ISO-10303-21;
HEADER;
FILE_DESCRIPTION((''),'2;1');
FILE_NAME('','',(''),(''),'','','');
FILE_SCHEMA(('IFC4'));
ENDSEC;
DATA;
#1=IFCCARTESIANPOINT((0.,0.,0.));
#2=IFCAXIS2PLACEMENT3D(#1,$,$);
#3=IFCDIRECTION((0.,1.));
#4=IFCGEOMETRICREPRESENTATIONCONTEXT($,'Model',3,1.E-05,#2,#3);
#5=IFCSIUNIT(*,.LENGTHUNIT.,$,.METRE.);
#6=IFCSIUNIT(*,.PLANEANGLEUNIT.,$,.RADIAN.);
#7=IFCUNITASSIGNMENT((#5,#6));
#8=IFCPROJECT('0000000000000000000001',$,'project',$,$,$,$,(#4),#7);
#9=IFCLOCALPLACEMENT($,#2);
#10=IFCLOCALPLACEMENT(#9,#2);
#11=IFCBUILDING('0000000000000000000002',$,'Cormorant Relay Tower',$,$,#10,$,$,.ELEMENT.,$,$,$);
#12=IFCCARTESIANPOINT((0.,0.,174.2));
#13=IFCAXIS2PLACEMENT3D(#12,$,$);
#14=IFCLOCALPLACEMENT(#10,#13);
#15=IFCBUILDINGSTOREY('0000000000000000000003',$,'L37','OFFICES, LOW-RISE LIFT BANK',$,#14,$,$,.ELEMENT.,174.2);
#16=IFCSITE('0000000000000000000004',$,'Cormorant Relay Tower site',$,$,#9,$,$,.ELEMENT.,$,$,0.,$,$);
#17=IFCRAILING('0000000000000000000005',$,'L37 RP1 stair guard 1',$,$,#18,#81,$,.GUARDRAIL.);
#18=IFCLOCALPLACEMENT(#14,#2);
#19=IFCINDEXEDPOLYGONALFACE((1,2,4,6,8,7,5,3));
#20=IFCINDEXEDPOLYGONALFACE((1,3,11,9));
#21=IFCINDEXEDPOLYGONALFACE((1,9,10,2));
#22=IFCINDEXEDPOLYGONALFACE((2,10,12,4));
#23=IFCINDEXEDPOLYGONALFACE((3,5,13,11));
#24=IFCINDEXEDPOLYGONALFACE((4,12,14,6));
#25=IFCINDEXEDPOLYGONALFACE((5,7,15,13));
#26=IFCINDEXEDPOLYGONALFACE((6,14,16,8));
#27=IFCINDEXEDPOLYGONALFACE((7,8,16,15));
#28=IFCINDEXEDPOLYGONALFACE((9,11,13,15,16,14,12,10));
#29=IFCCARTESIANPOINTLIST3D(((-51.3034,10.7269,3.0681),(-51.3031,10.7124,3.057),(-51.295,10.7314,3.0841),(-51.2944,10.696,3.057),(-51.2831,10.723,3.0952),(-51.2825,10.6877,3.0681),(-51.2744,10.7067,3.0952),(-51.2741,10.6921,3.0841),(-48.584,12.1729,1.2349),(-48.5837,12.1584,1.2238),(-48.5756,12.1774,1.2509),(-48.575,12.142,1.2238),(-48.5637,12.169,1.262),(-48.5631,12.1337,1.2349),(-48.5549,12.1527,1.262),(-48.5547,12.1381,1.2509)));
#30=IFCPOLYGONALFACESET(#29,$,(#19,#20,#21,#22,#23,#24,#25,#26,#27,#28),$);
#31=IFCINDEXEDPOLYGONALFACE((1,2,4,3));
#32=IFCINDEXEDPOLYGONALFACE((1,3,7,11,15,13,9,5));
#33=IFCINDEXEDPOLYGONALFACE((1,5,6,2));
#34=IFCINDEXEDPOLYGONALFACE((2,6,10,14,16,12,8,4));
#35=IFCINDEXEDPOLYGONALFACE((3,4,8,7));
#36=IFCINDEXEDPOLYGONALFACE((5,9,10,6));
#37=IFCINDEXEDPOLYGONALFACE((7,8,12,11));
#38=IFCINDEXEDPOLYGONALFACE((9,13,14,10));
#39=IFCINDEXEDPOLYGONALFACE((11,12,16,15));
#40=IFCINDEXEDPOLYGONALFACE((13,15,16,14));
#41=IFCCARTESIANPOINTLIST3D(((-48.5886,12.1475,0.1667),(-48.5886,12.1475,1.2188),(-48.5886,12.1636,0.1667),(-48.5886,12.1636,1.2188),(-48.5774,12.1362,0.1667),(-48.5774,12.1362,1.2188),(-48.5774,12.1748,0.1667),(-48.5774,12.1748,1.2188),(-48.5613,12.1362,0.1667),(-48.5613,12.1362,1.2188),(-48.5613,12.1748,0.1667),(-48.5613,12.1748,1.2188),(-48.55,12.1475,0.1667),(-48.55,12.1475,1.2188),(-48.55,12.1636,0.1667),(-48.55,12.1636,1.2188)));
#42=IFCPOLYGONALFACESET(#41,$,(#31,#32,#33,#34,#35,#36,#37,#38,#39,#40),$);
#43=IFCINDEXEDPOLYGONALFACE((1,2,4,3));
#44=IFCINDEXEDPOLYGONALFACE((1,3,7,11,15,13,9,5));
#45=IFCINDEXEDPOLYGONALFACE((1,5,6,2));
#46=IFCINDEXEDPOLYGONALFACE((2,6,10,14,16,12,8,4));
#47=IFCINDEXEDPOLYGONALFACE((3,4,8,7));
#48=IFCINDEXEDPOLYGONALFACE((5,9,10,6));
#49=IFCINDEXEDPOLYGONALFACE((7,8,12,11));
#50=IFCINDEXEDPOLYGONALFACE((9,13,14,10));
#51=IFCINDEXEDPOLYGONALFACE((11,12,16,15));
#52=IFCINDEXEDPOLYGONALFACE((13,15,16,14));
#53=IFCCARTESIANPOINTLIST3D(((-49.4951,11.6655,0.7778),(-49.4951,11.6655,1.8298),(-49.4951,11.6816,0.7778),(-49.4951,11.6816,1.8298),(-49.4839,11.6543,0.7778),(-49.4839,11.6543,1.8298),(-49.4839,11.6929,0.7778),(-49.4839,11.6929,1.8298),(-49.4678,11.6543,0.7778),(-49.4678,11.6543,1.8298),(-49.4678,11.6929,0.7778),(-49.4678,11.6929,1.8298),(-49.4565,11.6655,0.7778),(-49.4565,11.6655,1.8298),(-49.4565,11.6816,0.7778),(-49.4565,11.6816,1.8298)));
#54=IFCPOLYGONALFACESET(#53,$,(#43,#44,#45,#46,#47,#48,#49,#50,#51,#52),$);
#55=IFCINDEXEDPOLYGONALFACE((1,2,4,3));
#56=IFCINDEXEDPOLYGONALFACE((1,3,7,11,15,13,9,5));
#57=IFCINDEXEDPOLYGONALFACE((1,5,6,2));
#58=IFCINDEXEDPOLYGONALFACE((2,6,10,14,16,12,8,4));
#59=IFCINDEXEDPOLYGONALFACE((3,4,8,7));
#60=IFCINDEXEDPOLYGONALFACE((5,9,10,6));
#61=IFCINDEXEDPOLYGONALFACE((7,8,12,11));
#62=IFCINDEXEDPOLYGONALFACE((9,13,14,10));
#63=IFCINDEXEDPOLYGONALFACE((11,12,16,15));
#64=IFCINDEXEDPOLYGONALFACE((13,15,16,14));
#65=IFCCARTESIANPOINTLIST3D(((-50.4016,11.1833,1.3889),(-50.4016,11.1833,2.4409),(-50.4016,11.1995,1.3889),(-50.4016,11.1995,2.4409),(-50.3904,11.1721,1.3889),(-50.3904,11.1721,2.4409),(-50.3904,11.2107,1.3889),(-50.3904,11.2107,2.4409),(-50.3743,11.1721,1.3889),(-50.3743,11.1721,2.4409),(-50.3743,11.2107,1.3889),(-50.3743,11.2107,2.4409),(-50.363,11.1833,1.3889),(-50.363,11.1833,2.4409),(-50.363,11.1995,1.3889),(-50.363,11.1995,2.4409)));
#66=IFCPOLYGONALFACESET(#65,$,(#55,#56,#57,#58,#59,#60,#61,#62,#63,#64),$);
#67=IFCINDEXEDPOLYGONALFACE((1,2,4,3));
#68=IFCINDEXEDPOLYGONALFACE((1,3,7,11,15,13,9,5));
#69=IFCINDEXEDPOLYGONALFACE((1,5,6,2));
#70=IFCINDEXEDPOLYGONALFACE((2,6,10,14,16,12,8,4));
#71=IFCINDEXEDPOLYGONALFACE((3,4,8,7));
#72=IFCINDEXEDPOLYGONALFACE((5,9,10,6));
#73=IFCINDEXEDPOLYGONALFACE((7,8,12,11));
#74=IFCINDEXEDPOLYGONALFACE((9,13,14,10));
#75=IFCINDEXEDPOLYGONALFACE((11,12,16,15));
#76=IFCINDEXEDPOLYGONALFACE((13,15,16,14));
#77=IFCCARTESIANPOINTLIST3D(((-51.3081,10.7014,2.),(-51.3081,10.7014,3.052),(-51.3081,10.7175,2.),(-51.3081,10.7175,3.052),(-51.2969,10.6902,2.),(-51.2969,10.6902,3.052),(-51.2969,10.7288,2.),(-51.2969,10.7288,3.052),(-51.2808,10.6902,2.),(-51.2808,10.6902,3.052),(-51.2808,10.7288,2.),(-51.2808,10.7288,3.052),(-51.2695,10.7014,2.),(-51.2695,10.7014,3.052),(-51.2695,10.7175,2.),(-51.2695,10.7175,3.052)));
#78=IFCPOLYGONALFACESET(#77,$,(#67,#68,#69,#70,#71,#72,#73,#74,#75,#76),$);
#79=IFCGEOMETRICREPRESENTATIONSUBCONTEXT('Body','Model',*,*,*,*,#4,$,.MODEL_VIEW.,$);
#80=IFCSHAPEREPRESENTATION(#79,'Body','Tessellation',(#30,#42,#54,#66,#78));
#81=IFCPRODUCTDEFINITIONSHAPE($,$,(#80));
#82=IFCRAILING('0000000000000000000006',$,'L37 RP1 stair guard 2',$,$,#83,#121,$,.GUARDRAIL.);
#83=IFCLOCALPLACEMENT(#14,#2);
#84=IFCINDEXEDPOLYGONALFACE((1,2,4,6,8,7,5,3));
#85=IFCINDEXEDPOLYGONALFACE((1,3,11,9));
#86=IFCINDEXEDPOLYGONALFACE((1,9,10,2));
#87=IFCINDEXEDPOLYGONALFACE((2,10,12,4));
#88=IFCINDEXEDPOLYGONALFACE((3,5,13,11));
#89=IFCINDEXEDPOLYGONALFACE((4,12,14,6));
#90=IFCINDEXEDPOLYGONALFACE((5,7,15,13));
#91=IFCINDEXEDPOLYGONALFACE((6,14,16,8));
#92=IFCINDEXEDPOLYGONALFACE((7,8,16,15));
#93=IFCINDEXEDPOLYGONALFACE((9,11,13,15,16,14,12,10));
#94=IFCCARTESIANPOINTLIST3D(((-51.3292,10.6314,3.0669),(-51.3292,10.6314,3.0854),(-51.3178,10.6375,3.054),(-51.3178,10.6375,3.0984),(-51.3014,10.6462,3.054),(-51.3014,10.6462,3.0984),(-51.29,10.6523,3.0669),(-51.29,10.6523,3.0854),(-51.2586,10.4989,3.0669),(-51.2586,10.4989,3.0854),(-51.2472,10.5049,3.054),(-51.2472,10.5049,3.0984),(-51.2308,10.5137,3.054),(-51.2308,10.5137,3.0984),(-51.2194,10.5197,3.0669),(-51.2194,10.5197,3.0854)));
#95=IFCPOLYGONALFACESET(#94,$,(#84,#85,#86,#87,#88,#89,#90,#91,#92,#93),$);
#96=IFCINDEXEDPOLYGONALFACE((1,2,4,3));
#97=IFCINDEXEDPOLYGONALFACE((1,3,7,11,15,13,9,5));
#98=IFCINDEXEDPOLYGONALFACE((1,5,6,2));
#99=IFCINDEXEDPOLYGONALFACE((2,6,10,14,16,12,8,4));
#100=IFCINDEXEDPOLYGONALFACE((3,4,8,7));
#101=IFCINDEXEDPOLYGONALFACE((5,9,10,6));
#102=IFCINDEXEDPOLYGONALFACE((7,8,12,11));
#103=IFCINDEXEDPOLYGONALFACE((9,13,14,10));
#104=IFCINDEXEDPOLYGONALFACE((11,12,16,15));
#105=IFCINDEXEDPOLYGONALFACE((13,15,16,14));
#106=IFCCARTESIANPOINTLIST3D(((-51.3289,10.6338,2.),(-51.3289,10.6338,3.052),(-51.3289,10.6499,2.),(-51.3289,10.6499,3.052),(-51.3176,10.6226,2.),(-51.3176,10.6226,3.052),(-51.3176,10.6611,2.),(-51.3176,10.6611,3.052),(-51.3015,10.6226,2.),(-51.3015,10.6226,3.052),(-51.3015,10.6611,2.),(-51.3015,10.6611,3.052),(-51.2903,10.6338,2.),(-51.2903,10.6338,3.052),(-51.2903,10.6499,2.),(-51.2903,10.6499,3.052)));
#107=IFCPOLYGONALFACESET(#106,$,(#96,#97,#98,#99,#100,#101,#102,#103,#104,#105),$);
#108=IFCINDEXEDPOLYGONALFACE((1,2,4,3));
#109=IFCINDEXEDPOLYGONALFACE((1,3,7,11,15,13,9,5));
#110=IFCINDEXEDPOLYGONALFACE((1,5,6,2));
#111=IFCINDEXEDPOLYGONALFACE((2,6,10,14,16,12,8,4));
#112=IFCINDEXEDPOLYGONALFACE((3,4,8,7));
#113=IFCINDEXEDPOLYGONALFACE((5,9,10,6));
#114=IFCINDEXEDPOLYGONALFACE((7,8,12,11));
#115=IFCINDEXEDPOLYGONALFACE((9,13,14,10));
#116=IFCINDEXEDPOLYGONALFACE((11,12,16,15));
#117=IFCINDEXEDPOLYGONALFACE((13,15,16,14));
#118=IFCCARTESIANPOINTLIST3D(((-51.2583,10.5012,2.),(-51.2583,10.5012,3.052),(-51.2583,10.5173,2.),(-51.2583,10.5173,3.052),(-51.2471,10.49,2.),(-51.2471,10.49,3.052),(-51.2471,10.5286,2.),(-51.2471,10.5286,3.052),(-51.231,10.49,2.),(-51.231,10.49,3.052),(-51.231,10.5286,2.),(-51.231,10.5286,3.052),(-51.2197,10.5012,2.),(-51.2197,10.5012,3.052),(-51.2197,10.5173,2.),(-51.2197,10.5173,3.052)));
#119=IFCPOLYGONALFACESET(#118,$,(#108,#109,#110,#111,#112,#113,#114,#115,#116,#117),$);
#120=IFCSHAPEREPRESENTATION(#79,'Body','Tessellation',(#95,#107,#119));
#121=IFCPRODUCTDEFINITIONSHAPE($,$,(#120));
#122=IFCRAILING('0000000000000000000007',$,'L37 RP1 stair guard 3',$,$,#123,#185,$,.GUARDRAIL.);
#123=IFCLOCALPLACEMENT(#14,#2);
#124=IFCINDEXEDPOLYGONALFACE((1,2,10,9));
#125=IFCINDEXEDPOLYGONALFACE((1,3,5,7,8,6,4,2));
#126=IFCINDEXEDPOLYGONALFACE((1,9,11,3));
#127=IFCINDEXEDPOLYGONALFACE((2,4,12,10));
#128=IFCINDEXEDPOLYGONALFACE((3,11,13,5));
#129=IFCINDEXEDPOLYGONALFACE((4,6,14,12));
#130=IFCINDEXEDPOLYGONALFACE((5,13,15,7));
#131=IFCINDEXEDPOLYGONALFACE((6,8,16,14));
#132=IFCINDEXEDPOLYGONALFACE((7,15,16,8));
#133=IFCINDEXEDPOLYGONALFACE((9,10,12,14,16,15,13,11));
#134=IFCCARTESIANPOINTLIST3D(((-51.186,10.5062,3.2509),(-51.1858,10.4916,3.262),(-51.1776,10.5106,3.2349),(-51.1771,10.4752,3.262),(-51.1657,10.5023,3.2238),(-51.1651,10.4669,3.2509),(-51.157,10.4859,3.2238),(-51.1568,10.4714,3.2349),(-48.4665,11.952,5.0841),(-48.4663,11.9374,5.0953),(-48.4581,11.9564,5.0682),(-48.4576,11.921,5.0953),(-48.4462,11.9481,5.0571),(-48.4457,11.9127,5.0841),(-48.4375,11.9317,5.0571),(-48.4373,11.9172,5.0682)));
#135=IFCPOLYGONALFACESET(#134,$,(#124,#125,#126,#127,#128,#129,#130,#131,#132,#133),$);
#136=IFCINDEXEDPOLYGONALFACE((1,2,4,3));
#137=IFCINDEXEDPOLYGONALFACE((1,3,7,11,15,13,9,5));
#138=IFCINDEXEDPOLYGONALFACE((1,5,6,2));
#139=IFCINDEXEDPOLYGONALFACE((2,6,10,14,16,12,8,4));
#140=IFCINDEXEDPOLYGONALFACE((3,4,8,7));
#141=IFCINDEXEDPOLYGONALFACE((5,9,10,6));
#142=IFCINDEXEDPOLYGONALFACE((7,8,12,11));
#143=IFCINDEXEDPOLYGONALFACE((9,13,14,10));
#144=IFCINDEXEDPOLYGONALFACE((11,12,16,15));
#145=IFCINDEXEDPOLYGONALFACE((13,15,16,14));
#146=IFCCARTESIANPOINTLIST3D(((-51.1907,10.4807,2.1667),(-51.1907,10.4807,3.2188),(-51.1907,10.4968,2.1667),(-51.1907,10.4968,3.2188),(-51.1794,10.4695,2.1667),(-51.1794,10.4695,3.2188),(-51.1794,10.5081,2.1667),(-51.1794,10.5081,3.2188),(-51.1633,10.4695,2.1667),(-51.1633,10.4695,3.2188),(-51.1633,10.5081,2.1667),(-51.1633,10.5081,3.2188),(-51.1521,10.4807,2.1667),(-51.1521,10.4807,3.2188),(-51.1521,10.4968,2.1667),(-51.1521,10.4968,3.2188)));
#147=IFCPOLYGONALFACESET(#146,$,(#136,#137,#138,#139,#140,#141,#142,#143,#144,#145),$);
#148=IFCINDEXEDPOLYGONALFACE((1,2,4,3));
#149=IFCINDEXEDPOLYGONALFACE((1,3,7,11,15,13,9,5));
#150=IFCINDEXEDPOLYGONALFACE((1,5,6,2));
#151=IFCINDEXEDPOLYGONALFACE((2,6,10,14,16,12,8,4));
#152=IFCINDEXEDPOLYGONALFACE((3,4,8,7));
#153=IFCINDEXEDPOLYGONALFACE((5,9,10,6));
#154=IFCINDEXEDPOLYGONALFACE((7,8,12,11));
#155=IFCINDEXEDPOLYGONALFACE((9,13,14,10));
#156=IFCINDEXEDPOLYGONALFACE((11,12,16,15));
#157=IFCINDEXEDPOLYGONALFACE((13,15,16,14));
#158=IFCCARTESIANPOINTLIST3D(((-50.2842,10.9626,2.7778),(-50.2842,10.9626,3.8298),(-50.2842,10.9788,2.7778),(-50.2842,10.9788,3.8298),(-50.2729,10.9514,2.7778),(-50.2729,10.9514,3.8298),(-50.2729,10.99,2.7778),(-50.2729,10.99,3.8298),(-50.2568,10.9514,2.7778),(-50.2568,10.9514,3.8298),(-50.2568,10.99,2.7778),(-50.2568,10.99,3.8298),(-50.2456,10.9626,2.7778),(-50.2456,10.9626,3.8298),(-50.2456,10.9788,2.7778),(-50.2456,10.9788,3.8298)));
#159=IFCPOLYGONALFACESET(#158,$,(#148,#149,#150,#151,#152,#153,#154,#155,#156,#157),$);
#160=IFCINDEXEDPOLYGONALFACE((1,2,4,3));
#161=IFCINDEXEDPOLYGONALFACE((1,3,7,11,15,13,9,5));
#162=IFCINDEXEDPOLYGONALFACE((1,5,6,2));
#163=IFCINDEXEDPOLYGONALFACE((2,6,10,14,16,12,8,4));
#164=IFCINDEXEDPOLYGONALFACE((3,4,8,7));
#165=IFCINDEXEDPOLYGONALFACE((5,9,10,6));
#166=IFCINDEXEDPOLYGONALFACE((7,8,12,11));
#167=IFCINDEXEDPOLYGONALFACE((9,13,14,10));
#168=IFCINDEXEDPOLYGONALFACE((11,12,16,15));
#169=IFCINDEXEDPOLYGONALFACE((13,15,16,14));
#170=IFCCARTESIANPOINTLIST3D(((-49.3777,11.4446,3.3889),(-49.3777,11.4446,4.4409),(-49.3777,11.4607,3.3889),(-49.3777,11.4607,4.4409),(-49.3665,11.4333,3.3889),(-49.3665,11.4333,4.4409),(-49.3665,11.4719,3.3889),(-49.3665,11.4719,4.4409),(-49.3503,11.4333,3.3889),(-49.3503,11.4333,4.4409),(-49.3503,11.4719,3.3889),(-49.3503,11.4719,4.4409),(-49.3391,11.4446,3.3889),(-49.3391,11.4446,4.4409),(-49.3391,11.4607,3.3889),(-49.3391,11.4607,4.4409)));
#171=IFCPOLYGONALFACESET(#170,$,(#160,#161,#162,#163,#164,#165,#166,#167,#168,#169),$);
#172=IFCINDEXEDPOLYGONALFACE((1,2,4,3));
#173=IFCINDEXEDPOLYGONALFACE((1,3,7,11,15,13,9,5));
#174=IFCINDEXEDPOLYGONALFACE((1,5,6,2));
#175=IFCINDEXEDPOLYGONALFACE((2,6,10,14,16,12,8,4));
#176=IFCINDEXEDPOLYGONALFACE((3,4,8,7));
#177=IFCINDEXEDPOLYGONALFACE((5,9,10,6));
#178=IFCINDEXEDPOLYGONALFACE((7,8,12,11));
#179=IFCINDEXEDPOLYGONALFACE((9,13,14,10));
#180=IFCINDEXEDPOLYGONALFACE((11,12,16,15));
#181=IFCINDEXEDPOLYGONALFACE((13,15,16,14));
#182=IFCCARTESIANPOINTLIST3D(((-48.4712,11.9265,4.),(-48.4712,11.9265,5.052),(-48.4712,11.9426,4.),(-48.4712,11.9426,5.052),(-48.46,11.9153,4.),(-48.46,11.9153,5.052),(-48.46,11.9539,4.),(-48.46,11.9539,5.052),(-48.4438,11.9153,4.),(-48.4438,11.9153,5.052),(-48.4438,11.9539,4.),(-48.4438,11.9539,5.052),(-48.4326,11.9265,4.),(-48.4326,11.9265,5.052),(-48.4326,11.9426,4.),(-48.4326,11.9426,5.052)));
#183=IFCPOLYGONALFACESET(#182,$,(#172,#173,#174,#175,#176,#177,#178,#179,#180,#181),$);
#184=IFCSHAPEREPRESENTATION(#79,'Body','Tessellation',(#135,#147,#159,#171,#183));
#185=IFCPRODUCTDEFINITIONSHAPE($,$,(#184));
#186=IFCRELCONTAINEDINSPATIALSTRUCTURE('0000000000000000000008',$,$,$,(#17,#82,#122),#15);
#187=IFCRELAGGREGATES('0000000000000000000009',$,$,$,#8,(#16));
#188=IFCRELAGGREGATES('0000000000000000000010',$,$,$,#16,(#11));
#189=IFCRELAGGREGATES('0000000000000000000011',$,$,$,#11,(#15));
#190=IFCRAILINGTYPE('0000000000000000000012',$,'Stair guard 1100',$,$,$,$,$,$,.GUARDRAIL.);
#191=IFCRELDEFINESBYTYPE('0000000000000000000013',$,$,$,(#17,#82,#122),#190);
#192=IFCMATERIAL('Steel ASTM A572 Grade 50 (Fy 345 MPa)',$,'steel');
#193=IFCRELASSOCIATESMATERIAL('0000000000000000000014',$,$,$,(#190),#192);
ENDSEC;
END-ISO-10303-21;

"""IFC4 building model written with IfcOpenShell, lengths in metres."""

from ifc_helpers import new_model, si_unit, direction, frame, origin, place, context, subcontext, project, spatial, polyline, outline, extrude, material, type_object, element, save


model = new_model("IFC4")

# Units and contexts
model_context = context("Model", 3, precision=1e-05, world=origin(), true_north=direction((0.0, 1.0)))
body_context = subcontext(model_context, "Body", "Model", "MODEL_VIEW")
ifc_project = project(units=[si_unit("LENGTHUNIT", "METRE"), si_unit("PLANEANGLEUNIT", "RADIAN")], contexts=[model_context])

# Site, building, storey
site_placement = place(None, origin())
site = spatial("IfcSite", under=ifc_project, at=site_placement, Name="Cormorant Relay Tower site", CompositionType="ELEMENT", RefElevation=0.0)
building_placement = place(site_placement, origin())
building = spatial("IfcBuilding", under=site, at=building_placement, Name="Cormorant Relay Tower", CompositionType="ELEMENT")
storey_placement = place(building_placement, frame((0.0, 0.0, 174.2)))
storey = spatial("IfcBuildingStorey", under=building, at=storey_placement, Name="L37", Description="OFFICES, LOW-RISE LIFT BANK", CompositionType="ELEMENT", Elevation=174.2)

# Railings
ifc_material_1 = material(Name="Steel ASTM A572 Grade 50 (Fy 345 MPa)", Category="steel")
railing_type_1 = type_object("IfcRailingType", Name="Stair guard 1100", PredefinedType="GUARDRAIL", material=ifc_material_1)
railing_1_placement = place(storey_placement, frame((-48.5693, 12.1555, 0.1667)))
element("IfcRailing", 1, at=railing_1_placement, inside=storey, type_object=railing_type_1, Name="L37 RP1 stair guard 1", PredefinedType="GUARDRAIL", context=body_context, shape_type="SweptSolid", body=[
    extrude(outline(polyline([(0.0222, 0.0093), (0.0093, 0.0222), (-0.0093, 0.0222), (-0.0222, 0.0093), (-0.0222, -0.0093), (-0.0093, -0.0222), (0.0093, -0.0222), (0.0222, -0.0093), (0.0222, 0.0093)])), frame((0.0, 0.0, 1.0762), z_axis=(-0.758714, -0.403435, 0.511463), x_axis=(0.469489, -0.882938, 0.0)), (0.0, 0.0, 1.0), 3.5842),
    extrude(outline(polyline([(0.0193, 0.0081), (0.0081, 0.0193), (-0.0081, 0.0193), (-0.0193, 0.0081), (-0.0193, -0.0081), (-0.0081, -0.0193), (0.0081, -0.0193), (0.0193, -0.0081), (0.0193, 0.0081)])), origin(), (0.0, 0.0, 1.0), 1.052),
    extrude(outline(polyline([(0.0193, 0.0081), (0.0081, 0.0193), (-0.0081, 0.0193), (-0.0193, 0.0081), (-0.0193, -0.0081), (-0.0081, -0.0193), (0.0081, -0.0193), (0.0193, -0.0081), (0.0193, 0.0081)])), frame((-0.9065, -0.4819, 0.6111)), (0.0, 0.0, 1.0), 1.052),
    extrude(outline(polyline([(0.0193, 0.0081), (0.0081, 0.0193), (-0.0081, 0.0193), (-0.0193, 0.0081), (-0.0193, -0.0081), (-0.0081, -0.0193), (0.0081, -0.0193), (0.0193, -0.0081), (0.0193, 0.0081)])), frame((-1.813, -0.9641, 1.2222)), (0.0, 0.0, 1.0), 1.052),
    extrude(outline(polyline([(0.0193, 0.0081), (0.0081, 0.0193), (-0.0081, 0.0193), (-0.0193, 0.0081), (-0.0193, -0.0081), (-0.0081, -0.0193), (0.0081, -0.0193), (0.0193, -0.0081), (0.0193, 0.0081)])), frame((-2.7195, -1.446, 1.8333)), (0.0, 0.0, 1.0), 1.052),
])
railing_2_placement = place(storey_placement, frame((-51.3096, 10.6418, 2.0)))
element("IfcRailing", 2, at=railing_2_placement, inside=storey, type_object=railing_type_1, Name="L37 RP1 stair guard 2", PredefinedType="GUARDRAIL", context=body_context, shape_type="SweptSolid", body=[
    extrude(outline(polyline([(0.0222, 0.0093), (0.0093, 0.0222), (-0.0093, 0.0222), (-0.0222, 0.0093), (-0.0222, -0.0093), (-0.0093, -0.0222), (0.0093, -0.0222), (0.0222, -0.0093), (0.0222, 0.0093)])), frame((0.0, 0.0, 1.0762), z_axis=(0.469829, -0.882758, 0.0), x_axis=(0.882758, 0.469829, 0.0)), (0.0, 0.0, 1.0), 0.1501),
    extrude(outline(polyline([(0.0193, 0.0081), (0.0081, 0.0193), (-0.0081, 0.0193), (-0.0193, 0.0081), (-0.0193, -0.0081), (-0.0081, -0.0193), (0.0081, -0.0193), (0.0193, -0.0081), (0.0193, 0.0081)])), origin(), (0.0, 0.0, 1.0), 1.052),
    extrude(outline(polyline([(0.0193, 0.0081), (0.0081, 0.0193), (-0.0081, 0.0193), (-0.0193, 0.0081), (-0.0193, -0.0081), (-0.0081, -0.0193), (0.0081, -0.0193), (0.0193, -0.0081), (0.0193, 0.0081)])), frame((0.0706, -0.1326, 0.0)), (0.0, 0.0, 1.0), 1.052),
])
railing_3_placement = place(storey_placement, frame((-51.1714, 10.4888, 2.1667)))
element("IfcRailing", 3, at=railing_3_placement, inside=storey, type_object=railing_type_1, Name="L37 RP1 stair guard 3", PredefinedType="GUARDRAIL", context=body_context, shape_type="SweptSolid", body=[
    extrude(outline(polyline([(0.0222, 0.0093), (0.0093, 0.0222), (-0.0093, 0.0222), (-0.0222, 0.0093), (-0.0222, -0.0093), (-0.0093, -0.0222), (0.0093, -0.0222), (0.0222, -0.0093), (0.0222, 0.0093)])), frame((0.0, 0.0, 1.0762), z_axis=(0.758735, 0.403378, 0.511477), x_axis=(-0.469428, 0.882971, 0.0)), (0.0, 0.0, 1.0), 3.5842),
    extrude(outline(polyline([(0.0193, 0.0081), (0.0081, 0.0193), (-0.0081, 0.0193), (-0.0193, 0.0081), (-0.0193, -0.0081), (-0.0081, -0.0193), (0.0081, -0.0193), (0.0193, -0.0081), (0.0193, 0.0081)])), origin(), (0.0, 0.0, 1.0), 1.052),
    extrude(outline(polyline([(0.0193, 0.0081), (0.0081, 0.0193), (-0.0081, 0.0193), (-0.0193, 0.0081), (-0.0193, -0.0081), (-0.0081, -0.0193), (0.0081, -0.0193), (0.0193, -0.0081), (0.0193, 0.0081)])), frame((0.9065, 0.4819, 0.6111)), (0.0, 0.0, 1.0), 1.052),
    extrude(outline(polyline([(0.0193, 0.0081), (0.0081, 0.0193), (-0.0081, 0.0193), (-0.0193, 0.0081), (-0.0193, -0.0081), (-0.0081, -0.0193), (0.0081, -0.0193), (0.0193, -0.0081), (0.0193, 0.0081)])), frame((1.813, 0.9639, 1.2222)), (0.0, 0.0, 1.0), 1.052),
    extrude(outline(polyline([(0.0193, 0.0081), (0.0081, 0.0193), (-0.0081, 0.0193), (-0.0193, 0.0081), (-0.0193, -0.0081), (-0.0081, -0.0193), (0.0081, -0.0193), (0.0193, -0.0081), (0.0193, 0.0081)])), frame((2.7195, 1.4458, 1.8333)), (0.0, 0.0, 1.0), 1.052),
])

save(model, "model.ifc")
